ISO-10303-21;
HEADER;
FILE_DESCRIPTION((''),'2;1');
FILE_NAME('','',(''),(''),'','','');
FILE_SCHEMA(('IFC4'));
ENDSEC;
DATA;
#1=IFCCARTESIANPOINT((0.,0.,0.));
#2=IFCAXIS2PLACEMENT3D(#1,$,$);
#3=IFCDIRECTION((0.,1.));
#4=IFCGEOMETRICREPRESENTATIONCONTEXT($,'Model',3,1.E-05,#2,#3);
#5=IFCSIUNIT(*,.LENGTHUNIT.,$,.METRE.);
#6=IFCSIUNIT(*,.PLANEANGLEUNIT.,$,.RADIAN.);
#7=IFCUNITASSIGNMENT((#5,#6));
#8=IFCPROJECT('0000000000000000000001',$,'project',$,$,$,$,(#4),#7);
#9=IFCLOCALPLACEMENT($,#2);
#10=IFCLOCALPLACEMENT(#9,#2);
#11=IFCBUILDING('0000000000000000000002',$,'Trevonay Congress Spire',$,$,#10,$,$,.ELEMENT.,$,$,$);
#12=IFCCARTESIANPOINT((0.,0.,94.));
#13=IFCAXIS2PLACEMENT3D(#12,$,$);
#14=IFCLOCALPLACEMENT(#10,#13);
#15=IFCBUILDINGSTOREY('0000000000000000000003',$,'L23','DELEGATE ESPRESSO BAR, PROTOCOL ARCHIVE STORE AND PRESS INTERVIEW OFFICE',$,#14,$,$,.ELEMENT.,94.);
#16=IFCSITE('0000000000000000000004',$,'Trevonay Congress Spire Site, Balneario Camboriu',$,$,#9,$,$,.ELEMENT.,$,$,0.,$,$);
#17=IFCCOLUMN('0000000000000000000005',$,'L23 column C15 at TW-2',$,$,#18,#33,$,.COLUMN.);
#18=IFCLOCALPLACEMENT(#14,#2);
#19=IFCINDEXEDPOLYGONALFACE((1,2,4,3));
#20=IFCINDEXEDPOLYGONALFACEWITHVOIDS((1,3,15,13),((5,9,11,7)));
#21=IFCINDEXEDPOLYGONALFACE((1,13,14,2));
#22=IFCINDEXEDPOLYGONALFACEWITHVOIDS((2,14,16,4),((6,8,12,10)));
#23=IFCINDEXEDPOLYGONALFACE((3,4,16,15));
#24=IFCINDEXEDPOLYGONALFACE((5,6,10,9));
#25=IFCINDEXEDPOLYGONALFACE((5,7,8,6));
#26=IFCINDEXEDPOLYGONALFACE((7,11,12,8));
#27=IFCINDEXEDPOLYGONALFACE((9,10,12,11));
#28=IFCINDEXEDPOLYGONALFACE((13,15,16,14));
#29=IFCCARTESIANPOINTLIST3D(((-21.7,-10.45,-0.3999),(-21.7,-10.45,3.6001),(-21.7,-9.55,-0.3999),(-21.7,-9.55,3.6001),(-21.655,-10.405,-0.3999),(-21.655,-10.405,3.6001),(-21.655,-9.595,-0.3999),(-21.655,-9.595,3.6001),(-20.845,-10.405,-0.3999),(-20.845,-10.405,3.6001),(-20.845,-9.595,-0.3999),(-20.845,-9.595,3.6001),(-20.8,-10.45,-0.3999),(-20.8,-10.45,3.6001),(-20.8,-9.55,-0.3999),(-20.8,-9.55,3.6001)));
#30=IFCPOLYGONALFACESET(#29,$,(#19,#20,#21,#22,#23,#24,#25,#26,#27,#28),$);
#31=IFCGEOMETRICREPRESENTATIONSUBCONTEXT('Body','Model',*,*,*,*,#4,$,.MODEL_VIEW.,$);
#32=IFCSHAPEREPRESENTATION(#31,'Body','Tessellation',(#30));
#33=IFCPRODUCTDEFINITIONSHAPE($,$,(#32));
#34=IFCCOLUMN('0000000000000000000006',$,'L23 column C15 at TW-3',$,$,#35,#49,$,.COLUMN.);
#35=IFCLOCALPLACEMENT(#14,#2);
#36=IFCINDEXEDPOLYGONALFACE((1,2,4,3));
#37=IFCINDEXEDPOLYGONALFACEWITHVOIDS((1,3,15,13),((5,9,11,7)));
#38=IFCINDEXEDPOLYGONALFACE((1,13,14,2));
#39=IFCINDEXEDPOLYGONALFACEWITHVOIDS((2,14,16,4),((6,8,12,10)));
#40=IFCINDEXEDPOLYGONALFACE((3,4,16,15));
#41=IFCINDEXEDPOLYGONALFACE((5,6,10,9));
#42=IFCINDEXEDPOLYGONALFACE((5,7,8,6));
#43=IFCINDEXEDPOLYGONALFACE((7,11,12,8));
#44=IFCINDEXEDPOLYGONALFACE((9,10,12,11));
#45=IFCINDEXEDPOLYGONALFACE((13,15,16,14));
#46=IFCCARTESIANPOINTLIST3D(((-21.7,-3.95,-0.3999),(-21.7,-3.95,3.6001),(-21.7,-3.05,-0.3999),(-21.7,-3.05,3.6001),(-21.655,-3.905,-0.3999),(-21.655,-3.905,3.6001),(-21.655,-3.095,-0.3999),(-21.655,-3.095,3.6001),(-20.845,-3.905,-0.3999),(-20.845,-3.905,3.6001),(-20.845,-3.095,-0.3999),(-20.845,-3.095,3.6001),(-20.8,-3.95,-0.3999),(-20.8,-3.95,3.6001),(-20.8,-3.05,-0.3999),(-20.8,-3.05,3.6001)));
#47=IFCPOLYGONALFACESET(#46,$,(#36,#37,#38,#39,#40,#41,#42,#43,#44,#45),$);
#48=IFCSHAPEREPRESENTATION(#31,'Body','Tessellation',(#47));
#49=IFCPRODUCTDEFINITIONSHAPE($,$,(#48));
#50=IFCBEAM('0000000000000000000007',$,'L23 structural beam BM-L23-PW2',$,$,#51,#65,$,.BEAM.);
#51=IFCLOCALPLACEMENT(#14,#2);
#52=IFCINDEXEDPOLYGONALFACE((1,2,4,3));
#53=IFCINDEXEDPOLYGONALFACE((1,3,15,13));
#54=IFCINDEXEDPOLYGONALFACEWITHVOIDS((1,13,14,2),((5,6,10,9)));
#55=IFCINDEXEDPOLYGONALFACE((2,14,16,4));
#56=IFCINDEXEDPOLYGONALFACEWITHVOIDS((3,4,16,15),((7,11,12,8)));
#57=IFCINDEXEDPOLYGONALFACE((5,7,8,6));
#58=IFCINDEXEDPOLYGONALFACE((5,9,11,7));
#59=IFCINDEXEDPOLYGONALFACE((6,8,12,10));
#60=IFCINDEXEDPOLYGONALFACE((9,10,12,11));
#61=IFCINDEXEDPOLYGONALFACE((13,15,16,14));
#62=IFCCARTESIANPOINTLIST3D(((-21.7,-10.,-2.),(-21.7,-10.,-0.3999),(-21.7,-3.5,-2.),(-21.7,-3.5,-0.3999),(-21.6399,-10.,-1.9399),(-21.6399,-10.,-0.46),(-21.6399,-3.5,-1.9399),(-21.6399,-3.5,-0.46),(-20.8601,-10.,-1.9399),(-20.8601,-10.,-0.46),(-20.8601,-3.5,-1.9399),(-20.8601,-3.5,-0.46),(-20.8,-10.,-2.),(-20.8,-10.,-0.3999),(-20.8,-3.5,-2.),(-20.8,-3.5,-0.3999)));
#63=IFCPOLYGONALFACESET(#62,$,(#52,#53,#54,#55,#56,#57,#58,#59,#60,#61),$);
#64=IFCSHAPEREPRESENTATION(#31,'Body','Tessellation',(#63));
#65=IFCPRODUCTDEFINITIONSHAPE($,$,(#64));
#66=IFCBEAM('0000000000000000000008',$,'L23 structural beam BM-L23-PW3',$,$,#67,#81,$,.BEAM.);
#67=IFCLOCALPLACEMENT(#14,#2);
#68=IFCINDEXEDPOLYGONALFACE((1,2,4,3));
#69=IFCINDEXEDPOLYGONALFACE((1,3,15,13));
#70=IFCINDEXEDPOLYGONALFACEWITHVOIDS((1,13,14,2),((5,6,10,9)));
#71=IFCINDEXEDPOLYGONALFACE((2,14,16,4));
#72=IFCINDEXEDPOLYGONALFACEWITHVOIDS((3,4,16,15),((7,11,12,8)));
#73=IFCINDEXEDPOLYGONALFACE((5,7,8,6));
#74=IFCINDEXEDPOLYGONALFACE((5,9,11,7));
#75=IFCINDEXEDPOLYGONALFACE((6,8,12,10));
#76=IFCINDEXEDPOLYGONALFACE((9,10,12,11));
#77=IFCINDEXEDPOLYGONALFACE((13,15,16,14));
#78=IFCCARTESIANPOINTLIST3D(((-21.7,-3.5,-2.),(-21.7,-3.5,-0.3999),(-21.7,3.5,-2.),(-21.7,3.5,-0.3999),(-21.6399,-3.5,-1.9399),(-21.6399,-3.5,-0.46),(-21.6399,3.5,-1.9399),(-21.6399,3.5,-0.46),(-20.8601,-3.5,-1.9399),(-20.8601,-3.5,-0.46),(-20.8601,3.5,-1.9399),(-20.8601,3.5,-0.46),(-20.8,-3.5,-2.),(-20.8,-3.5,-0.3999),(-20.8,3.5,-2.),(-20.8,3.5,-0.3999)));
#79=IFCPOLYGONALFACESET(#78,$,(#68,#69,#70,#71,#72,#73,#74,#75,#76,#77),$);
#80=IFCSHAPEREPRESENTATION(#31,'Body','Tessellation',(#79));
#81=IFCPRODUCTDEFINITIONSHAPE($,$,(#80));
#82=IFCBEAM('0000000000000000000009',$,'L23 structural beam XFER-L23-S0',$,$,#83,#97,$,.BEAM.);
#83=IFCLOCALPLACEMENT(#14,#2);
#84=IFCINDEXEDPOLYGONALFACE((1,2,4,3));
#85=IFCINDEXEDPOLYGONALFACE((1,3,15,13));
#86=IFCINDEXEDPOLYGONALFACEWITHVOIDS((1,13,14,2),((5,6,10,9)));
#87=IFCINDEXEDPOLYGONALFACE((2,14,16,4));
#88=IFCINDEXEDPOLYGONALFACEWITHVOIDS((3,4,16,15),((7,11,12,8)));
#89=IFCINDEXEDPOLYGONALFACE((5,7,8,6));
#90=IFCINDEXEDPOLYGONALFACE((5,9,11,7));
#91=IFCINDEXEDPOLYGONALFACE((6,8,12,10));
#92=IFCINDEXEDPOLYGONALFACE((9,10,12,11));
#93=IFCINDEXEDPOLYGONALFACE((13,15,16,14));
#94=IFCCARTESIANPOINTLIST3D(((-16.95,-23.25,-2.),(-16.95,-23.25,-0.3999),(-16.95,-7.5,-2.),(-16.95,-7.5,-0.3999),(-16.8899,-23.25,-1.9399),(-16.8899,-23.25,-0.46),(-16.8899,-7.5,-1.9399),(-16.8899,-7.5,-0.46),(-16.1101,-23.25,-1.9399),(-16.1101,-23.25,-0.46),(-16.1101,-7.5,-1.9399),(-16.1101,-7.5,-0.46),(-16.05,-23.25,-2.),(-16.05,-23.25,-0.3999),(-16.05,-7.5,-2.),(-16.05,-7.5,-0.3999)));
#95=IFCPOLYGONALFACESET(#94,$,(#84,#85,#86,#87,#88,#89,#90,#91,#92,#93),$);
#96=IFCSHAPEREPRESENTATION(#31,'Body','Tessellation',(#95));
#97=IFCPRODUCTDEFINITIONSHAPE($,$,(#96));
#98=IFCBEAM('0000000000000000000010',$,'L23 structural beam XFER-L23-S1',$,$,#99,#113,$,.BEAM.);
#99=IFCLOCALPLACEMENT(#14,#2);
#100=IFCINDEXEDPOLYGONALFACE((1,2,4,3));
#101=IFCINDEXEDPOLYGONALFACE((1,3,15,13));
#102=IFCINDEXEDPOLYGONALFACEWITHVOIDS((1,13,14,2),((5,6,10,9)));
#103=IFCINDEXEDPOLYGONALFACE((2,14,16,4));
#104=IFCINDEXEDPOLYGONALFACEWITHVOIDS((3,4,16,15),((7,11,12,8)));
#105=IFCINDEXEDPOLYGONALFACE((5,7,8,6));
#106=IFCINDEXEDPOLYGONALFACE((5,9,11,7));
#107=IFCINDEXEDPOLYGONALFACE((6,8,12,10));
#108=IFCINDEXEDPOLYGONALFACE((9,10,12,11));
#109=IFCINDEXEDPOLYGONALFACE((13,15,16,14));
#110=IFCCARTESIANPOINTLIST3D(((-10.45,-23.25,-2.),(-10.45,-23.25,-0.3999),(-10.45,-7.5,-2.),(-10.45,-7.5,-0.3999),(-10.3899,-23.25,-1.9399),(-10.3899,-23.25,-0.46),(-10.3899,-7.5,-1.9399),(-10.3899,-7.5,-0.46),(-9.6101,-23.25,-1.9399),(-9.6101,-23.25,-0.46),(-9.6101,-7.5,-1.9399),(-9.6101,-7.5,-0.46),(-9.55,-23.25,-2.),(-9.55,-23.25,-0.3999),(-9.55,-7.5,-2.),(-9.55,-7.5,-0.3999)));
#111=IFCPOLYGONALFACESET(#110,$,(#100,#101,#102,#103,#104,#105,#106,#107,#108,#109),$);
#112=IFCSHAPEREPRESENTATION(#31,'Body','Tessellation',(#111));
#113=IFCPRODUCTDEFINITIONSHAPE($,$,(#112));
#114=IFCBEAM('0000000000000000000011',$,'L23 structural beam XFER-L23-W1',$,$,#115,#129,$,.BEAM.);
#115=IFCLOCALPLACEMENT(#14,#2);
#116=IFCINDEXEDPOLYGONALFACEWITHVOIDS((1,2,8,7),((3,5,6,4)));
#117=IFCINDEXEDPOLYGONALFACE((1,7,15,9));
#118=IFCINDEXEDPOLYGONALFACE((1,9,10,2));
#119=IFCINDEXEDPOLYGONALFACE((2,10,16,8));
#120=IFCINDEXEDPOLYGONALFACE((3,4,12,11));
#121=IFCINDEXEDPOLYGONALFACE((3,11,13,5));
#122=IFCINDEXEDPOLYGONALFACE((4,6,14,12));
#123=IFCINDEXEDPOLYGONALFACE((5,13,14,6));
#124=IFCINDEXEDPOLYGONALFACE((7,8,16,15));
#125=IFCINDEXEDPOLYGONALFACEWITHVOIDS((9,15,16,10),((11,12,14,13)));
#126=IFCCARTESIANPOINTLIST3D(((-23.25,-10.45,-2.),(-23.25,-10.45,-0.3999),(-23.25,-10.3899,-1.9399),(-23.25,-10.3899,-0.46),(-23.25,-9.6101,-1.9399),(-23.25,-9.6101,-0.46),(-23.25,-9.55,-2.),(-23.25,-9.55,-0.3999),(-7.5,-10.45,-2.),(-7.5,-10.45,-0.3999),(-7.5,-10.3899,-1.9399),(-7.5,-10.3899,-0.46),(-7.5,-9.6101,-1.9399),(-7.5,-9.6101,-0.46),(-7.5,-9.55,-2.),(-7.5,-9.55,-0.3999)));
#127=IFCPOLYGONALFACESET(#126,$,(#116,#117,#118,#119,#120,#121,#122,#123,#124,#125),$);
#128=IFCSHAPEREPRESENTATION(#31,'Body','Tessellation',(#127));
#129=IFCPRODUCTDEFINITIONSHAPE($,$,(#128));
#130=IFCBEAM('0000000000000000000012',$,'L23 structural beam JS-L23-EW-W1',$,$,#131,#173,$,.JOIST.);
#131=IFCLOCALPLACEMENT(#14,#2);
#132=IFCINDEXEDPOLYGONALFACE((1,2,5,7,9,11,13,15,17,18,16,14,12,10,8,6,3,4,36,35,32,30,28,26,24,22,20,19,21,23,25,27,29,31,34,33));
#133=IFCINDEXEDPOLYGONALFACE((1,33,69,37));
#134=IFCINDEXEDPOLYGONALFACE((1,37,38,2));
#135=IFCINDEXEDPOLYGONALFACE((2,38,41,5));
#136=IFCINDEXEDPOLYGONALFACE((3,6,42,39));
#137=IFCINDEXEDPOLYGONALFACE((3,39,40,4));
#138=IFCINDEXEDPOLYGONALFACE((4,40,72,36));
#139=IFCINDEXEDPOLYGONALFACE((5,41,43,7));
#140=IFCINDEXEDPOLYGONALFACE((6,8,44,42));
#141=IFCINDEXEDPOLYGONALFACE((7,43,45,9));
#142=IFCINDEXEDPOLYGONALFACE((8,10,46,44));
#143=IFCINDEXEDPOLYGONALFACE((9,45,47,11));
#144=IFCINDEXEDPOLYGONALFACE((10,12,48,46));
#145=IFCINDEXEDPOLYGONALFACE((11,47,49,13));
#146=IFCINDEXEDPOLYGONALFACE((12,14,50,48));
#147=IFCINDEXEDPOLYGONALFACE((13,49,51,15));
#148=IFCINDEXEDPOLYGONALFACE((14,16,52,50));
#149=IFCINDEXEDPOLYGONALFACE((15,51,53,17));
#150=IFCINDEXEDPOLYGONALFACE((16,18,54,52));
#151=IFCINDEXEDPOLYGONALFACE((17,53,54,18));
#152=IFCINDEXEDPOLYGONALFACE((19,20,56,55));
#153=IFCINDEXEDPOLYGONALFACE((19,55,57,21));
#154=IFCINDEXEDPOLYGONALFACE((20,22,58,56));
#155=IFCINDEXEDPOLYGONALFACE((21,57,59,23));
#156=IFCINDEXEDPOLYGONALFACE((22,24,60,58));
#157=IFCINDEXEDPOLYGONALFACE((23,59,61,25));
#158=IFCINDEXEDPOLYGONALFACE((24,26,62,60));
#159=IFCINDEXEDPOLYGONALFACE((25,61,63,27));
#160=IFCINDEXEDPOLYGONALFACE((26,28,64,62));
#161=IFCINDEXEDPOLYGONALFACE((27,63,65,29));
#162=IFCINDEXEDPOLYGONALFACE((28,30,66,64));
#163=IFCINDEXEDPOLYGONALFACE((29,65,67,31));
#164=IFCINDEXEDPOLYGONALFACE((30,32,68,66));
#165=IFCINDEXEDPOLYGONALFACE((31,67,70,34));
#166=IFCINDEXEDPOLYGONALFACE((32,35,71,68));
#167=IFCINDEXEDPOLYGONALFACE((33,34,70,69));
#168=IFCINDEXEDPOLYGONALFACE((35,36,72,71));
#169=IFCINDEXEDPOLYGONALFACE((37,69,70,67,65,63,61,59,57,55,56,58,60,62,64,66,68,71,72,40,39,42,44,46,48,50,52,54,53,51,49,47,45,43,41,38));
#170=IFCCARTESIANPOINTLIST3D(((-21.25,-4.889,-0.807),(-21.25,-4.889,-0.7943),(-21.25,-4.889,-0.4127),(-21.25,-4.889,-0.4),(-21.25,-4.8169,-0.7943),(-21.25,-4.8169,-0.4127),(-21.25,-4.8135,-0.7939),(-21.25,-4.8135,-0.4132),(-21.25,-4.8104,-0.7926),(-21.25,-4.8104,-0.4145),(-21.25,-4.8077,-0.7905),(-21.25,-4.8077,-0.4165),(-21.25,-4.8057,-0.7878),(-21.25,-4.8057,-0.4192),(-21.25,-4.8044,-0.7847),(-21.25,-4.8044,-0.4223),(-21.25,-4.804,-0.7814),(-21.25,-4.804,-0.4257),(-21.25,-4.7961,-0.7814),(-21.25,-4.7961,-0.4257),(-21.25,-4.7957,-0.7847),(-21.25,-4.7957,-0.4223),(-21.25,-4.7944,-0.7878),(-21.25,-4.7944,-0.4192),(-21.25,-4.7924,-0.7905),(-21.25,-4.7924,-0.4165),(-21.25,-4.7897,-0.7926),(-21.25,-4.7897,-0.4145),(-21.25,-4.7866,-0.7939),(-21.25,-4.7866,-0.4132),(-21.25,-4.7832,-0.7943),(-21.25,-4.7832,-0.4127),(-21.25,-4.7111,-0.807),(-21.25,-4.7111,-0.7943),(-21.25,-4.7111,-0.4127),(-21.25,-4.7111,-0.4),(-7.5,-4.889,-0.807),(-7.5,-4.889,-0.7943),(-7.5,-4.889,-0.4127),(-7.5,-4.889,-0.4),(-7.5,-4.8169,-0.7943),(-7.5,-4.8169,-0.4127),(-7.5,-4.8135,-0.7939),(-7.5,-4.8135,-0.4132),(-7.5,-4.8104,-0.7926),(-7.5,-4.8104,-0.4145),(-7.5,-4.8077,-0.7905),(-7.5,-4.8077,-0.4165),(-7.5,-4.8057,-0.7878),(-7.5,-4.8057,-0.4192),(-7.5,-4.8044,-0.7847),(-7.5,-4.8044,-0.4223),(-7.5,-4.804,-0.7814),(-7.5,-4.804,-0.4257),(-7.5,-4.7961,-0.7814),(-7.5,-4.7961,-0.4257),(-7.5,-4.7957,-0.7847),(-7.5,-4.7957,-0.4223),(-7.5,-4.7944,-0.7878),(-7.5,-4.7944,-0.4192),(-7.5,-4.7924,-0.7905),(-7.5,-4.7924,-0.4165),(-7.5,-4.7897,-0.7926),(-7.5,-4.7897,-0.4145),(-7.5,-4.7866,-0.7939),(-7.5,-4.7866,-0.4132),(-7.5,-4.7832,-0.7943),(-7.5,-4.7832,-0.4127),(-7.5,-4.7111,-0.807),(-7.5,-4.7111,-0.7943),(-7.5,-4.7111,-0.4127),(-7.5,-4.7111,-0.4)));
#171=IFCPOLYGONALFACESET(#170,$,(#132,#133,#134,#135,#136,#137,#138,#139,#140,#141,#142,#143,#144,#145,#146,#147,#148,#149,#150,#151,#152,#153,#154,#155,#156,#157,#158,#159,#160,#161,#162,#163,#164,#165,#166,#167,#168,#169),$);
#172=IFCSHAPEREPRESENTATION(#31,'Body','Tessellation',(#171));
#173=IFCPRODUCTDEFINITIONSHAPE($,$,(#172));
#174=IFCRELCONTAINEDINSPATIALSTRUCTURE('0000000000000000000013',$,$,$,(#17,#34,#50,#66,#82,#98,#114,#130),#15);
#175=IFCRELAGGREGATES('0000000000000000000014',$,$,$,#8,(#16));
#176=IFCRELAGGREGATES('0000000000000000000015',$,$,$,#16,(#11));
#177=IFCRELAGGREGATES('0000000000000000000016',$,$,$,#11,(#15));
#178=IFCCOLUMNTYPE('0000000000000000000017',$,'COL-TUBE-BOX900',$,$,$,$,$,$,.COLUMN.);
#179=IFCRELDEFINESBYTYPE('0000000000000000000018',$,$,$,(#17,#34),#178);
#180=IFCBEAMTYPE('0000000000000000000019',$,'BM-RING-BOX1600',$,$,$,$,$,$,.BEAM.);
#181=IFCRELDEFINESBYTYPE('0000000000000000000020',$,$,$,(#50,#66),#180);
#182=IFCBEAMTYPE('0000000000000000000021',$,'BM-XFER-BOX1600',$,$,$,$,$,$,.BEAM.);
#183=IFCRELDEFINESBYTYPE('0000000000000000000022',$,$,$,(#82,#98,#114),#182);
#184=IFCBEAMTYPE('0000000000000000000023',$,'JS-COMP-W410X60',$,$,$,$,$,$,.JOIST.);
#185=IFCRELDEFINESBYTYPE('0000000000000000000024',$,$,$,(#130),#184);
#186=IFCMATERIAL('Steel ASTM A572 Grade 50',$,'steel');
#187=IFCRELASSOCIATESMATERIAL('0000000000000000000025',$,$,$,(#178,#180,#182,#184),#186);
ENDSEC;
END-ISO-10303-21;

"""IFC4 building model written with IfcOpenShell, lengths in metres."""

from ifc_helpers import new_model, si_unit, direction, frame, origin, origin_2d, place, context, subcontext, project, spatial, hollow_rectangle, i_section, extrude, material, material_profile, profile_set, type_object, element, save


model = new_model("IFC4")

# Units and contexts
model_context = context("Model", 3, precision=1e-05, world=origin(), true_north=direction((0.0, 1.0)))
body_context = subcontext(model_context, "Body", "Model", "MODEL_VIEW")
ifc_project = project(units=[si_unit("LENGTHUNIT", "METRE"), si_unit("PLANEANGLEUNIT", "RADIAN")], contexts=[model_context])

# Site, building, storey
site_placement = place(None, origin())
site = spatial("IfcSite", under=ifc_project, at=site_placement, Name="Trevonay Congress Spire Site, Balneario Camboriu", CompositionType="ELEMENT", RefElevation=0.0)
building_placement = place(site_placement, origin())
building = spatial("IfcBuilding", under=site, at=building_placement, Name="Trevonay Congress Spire", CompositionType="ELEMENT")
storey_placement = place(building_placement, frame((0.0, 0.0, 94.0)))
storey = spatial("IfcBuildingStorey", under=building, at=storey_placement, Name="L23", Description="DELEGATE ESPRESSO BAR, PROTOCOL ARCHIVE STORE AND PRESS INTERVIEW OFFICE", CompositionType="ELEMENT", Elevation=94.0)

# Columns
ifc_material_1 = material(Name="Steel ASTM A572 Grade 50", Category="steel")
ifc_material_profile_1 = material_profile(ifc_material_1, hollow_rectangle(XDim=0.8999, YDim=0.8999, WallThickness=0.0449, at=origin_2d()), Name="BOX 900x900x45")
ifc_profile_set_1 = profile_set([ifc_material_profile_1], Name="Steel ASTM A572 Grade 50")
column_type = type_object("IfcColumnType", Name="COL-TUBE-BOX900", PredefinedType="COLUMN", material=ifc_profile_set_1)
for number, where, z_axis, x_axis, name in (
    (1, (-21.25, -10.0, -0.3999), (0.0, 0.0, 1.0), (1.0, 0.0, 0.0), "L23 column C15 at TW-2"),
    (2, (-21.25, -3.5, -0.3999), (0.0, 0.0, 1.0), (1.0, 0.0, 0.0), "L23 column C15 at TW-3"),
):
    element("IfcColumn", number, at=place(storey_placement, frame(where, z_axis=z_axis, x_axis=x_axis)), inside=storey, type_object=column_type, Name=name, PredefinedType="COLUMN", context=body_context, shape_type="SweptSolid", body=[
        extrude(hollow_rectangle(XDim=0.8999, YDim=0.8999, WallThickness=0.0449, at=origin_2d()), origin(), (0.0, 0.0, 1.0), 4.0),
    ])

# Beams
ifc_material_profile_2 = material_profile(ifc_material_1, hollow_rectangle(XDim=0.8999, YDim=1.6001, WallThickness=0.0601, at=origin_2d()), Name="BOX 1600x900x60")
ifc_profile_set_2 = profile_set([ifc_material_profile_2], Name="Steel ASTM A572 Grade 50")
beam_type_1 = type_object("IfcBeamType", Name="BM-RING-BOX1600", PredefinedType="BEAM", material=ifc_profile_set_2)
beam_1_placement = place(storey_placement, frame((-21.25, -10.0, -1.2), z_axis=(0.0, 1.0, 0.0), x_axis=(-1.0, 0.0, 0.0)))
element("IfcBeam", 3, at=beam_1_placement, inside=storey, type_object=beam_type_1, Name="L23 structural beam BM-L23-PW2", PredefinedType="BEAM", context=body_context, shape_type="SweptSolid", body=[
    extrude(hollow_rectangle(XDim=0.8999, YDim=1.6001, WallThickness=0.0601, at=origin_2d()), origin(), (0.0, 0.0, 1.0), 6.5),
])
beam_2_placement = place(storey_placement, frame((-21.25, -3.5, -1.2), z_axis=(0.0, 1.0, 0.0), x_axis=(-1.0, 0.0, 0.0)))
element("IfcBeam", 4, at=beam_2_placement, inside=storey, type_object=beam_type_1, Name="L23 structural beam BM-L23-PW3", PredefinedType="BEAM", context=body_context, shape_type="SweptSolid", body=[
    extrude(hollow_rectangle(XDim=0.8999, YDim=1.6001, WallThickness=0.0601, at=origin_2d()), origin(), (0.0, 0.0, 1.0), 7.0),
])
ifc_material_profile_3 = material_profile(ifc_material_1, hollow_rectangle(XDim=0.8999, YDim=1.6001, WallThickness=0.0601, at=origin_2d()), Name="BOX 1600x900x60")
ifc_profile_set_3 = profile_set([ifc_material_profile_3], Name="Steel ASTM A572 Grade 50")
beam_type_2 = type_object("IfcBeamType", Name="BM-XFER-BOX1600", PredefinedType="BEAM", material=ifc_profile_set_3)
for number, where, z_axis, x_axis, name in (
    (5, (-16.5, -7.5, -1.2), (0.0, -1.0, 0.0), (1.0, 0.0, 0.0), "L23 structural beam XFER-L23-S0"),
    (6, (-10.0, -7.5, -1.2), (0.0, -1.0, 0.0), (1.0, 0.0, 0.0), "L23 structural beam XFER-L23-S1"),
    (7, (-7.5, -10.0, -1.2), (-1.0, 0.0, 0.0), (0.0, -1.0, 0.0), "L23 structural beam XFER-L23-W1"),
):
    element("IfcBeam", number, at=place(storey_placement, frame(where, z_axis=z_axis, x_axis=x_axis)), inside=storey, type_object=beam_type_2, Name=name, PredefinedType="BEAM", context=body_context, shape_type="SweptSolid", body=[
        extrude(hollow_rectangle(XDim=0.8999, YDim=1.6001, WallThickness=0.0601, at=origin_2d()), origin(), (0.0, 0.0, 1.0), 15.75),
    ])
ifc_material_profile_4 = material_profile(ifc_material_1, i_section(OverallWidth=0.178, OverallDepth=0.407, WebThickness=0.0078, FlangeThickness=0.0127, FilletRadius=0.0129, at=origin_2d()), Name="W410x60")
ifc_profile_set_4 = profile_set([ifc_material_profile_4], Name="Steel ASTM A572 Grade 50")
beam_type_3 = type_object("IfcBeamType", Name="JS-COMP-W410X60", PredefinedType="JOIST", material=ifc_profile_set_4)
for number, where, z_axis, x_axis, name in (
    (8, (-21.25, -4.8, -0.6035), (1.0, 0.0, 0.0), (0.0, 1.0, 0.0), "L23 structural beam JS-L23-EW-W1"),
):
    element("IfcBeam", number, at=place(storey_placement, frame(where, z_axis=z_axis, x_axis=x_axis)), inside=storey, type_object=beam_type_3, Name=name, PredefinedType="JOIST", context=body_context, shape_type="SweptSolid", body=[
        extrude(i_section(OverallWidth=0.178, OverallDepth=0.407, WebThickness=0.0078, FlangeThickness=0.0127, FilletRadius=0.0129, at=origin_2d()), origin(), (0.0, 0.0, 1.0), 13.75),
    ])

save(model, "model.ifc")
